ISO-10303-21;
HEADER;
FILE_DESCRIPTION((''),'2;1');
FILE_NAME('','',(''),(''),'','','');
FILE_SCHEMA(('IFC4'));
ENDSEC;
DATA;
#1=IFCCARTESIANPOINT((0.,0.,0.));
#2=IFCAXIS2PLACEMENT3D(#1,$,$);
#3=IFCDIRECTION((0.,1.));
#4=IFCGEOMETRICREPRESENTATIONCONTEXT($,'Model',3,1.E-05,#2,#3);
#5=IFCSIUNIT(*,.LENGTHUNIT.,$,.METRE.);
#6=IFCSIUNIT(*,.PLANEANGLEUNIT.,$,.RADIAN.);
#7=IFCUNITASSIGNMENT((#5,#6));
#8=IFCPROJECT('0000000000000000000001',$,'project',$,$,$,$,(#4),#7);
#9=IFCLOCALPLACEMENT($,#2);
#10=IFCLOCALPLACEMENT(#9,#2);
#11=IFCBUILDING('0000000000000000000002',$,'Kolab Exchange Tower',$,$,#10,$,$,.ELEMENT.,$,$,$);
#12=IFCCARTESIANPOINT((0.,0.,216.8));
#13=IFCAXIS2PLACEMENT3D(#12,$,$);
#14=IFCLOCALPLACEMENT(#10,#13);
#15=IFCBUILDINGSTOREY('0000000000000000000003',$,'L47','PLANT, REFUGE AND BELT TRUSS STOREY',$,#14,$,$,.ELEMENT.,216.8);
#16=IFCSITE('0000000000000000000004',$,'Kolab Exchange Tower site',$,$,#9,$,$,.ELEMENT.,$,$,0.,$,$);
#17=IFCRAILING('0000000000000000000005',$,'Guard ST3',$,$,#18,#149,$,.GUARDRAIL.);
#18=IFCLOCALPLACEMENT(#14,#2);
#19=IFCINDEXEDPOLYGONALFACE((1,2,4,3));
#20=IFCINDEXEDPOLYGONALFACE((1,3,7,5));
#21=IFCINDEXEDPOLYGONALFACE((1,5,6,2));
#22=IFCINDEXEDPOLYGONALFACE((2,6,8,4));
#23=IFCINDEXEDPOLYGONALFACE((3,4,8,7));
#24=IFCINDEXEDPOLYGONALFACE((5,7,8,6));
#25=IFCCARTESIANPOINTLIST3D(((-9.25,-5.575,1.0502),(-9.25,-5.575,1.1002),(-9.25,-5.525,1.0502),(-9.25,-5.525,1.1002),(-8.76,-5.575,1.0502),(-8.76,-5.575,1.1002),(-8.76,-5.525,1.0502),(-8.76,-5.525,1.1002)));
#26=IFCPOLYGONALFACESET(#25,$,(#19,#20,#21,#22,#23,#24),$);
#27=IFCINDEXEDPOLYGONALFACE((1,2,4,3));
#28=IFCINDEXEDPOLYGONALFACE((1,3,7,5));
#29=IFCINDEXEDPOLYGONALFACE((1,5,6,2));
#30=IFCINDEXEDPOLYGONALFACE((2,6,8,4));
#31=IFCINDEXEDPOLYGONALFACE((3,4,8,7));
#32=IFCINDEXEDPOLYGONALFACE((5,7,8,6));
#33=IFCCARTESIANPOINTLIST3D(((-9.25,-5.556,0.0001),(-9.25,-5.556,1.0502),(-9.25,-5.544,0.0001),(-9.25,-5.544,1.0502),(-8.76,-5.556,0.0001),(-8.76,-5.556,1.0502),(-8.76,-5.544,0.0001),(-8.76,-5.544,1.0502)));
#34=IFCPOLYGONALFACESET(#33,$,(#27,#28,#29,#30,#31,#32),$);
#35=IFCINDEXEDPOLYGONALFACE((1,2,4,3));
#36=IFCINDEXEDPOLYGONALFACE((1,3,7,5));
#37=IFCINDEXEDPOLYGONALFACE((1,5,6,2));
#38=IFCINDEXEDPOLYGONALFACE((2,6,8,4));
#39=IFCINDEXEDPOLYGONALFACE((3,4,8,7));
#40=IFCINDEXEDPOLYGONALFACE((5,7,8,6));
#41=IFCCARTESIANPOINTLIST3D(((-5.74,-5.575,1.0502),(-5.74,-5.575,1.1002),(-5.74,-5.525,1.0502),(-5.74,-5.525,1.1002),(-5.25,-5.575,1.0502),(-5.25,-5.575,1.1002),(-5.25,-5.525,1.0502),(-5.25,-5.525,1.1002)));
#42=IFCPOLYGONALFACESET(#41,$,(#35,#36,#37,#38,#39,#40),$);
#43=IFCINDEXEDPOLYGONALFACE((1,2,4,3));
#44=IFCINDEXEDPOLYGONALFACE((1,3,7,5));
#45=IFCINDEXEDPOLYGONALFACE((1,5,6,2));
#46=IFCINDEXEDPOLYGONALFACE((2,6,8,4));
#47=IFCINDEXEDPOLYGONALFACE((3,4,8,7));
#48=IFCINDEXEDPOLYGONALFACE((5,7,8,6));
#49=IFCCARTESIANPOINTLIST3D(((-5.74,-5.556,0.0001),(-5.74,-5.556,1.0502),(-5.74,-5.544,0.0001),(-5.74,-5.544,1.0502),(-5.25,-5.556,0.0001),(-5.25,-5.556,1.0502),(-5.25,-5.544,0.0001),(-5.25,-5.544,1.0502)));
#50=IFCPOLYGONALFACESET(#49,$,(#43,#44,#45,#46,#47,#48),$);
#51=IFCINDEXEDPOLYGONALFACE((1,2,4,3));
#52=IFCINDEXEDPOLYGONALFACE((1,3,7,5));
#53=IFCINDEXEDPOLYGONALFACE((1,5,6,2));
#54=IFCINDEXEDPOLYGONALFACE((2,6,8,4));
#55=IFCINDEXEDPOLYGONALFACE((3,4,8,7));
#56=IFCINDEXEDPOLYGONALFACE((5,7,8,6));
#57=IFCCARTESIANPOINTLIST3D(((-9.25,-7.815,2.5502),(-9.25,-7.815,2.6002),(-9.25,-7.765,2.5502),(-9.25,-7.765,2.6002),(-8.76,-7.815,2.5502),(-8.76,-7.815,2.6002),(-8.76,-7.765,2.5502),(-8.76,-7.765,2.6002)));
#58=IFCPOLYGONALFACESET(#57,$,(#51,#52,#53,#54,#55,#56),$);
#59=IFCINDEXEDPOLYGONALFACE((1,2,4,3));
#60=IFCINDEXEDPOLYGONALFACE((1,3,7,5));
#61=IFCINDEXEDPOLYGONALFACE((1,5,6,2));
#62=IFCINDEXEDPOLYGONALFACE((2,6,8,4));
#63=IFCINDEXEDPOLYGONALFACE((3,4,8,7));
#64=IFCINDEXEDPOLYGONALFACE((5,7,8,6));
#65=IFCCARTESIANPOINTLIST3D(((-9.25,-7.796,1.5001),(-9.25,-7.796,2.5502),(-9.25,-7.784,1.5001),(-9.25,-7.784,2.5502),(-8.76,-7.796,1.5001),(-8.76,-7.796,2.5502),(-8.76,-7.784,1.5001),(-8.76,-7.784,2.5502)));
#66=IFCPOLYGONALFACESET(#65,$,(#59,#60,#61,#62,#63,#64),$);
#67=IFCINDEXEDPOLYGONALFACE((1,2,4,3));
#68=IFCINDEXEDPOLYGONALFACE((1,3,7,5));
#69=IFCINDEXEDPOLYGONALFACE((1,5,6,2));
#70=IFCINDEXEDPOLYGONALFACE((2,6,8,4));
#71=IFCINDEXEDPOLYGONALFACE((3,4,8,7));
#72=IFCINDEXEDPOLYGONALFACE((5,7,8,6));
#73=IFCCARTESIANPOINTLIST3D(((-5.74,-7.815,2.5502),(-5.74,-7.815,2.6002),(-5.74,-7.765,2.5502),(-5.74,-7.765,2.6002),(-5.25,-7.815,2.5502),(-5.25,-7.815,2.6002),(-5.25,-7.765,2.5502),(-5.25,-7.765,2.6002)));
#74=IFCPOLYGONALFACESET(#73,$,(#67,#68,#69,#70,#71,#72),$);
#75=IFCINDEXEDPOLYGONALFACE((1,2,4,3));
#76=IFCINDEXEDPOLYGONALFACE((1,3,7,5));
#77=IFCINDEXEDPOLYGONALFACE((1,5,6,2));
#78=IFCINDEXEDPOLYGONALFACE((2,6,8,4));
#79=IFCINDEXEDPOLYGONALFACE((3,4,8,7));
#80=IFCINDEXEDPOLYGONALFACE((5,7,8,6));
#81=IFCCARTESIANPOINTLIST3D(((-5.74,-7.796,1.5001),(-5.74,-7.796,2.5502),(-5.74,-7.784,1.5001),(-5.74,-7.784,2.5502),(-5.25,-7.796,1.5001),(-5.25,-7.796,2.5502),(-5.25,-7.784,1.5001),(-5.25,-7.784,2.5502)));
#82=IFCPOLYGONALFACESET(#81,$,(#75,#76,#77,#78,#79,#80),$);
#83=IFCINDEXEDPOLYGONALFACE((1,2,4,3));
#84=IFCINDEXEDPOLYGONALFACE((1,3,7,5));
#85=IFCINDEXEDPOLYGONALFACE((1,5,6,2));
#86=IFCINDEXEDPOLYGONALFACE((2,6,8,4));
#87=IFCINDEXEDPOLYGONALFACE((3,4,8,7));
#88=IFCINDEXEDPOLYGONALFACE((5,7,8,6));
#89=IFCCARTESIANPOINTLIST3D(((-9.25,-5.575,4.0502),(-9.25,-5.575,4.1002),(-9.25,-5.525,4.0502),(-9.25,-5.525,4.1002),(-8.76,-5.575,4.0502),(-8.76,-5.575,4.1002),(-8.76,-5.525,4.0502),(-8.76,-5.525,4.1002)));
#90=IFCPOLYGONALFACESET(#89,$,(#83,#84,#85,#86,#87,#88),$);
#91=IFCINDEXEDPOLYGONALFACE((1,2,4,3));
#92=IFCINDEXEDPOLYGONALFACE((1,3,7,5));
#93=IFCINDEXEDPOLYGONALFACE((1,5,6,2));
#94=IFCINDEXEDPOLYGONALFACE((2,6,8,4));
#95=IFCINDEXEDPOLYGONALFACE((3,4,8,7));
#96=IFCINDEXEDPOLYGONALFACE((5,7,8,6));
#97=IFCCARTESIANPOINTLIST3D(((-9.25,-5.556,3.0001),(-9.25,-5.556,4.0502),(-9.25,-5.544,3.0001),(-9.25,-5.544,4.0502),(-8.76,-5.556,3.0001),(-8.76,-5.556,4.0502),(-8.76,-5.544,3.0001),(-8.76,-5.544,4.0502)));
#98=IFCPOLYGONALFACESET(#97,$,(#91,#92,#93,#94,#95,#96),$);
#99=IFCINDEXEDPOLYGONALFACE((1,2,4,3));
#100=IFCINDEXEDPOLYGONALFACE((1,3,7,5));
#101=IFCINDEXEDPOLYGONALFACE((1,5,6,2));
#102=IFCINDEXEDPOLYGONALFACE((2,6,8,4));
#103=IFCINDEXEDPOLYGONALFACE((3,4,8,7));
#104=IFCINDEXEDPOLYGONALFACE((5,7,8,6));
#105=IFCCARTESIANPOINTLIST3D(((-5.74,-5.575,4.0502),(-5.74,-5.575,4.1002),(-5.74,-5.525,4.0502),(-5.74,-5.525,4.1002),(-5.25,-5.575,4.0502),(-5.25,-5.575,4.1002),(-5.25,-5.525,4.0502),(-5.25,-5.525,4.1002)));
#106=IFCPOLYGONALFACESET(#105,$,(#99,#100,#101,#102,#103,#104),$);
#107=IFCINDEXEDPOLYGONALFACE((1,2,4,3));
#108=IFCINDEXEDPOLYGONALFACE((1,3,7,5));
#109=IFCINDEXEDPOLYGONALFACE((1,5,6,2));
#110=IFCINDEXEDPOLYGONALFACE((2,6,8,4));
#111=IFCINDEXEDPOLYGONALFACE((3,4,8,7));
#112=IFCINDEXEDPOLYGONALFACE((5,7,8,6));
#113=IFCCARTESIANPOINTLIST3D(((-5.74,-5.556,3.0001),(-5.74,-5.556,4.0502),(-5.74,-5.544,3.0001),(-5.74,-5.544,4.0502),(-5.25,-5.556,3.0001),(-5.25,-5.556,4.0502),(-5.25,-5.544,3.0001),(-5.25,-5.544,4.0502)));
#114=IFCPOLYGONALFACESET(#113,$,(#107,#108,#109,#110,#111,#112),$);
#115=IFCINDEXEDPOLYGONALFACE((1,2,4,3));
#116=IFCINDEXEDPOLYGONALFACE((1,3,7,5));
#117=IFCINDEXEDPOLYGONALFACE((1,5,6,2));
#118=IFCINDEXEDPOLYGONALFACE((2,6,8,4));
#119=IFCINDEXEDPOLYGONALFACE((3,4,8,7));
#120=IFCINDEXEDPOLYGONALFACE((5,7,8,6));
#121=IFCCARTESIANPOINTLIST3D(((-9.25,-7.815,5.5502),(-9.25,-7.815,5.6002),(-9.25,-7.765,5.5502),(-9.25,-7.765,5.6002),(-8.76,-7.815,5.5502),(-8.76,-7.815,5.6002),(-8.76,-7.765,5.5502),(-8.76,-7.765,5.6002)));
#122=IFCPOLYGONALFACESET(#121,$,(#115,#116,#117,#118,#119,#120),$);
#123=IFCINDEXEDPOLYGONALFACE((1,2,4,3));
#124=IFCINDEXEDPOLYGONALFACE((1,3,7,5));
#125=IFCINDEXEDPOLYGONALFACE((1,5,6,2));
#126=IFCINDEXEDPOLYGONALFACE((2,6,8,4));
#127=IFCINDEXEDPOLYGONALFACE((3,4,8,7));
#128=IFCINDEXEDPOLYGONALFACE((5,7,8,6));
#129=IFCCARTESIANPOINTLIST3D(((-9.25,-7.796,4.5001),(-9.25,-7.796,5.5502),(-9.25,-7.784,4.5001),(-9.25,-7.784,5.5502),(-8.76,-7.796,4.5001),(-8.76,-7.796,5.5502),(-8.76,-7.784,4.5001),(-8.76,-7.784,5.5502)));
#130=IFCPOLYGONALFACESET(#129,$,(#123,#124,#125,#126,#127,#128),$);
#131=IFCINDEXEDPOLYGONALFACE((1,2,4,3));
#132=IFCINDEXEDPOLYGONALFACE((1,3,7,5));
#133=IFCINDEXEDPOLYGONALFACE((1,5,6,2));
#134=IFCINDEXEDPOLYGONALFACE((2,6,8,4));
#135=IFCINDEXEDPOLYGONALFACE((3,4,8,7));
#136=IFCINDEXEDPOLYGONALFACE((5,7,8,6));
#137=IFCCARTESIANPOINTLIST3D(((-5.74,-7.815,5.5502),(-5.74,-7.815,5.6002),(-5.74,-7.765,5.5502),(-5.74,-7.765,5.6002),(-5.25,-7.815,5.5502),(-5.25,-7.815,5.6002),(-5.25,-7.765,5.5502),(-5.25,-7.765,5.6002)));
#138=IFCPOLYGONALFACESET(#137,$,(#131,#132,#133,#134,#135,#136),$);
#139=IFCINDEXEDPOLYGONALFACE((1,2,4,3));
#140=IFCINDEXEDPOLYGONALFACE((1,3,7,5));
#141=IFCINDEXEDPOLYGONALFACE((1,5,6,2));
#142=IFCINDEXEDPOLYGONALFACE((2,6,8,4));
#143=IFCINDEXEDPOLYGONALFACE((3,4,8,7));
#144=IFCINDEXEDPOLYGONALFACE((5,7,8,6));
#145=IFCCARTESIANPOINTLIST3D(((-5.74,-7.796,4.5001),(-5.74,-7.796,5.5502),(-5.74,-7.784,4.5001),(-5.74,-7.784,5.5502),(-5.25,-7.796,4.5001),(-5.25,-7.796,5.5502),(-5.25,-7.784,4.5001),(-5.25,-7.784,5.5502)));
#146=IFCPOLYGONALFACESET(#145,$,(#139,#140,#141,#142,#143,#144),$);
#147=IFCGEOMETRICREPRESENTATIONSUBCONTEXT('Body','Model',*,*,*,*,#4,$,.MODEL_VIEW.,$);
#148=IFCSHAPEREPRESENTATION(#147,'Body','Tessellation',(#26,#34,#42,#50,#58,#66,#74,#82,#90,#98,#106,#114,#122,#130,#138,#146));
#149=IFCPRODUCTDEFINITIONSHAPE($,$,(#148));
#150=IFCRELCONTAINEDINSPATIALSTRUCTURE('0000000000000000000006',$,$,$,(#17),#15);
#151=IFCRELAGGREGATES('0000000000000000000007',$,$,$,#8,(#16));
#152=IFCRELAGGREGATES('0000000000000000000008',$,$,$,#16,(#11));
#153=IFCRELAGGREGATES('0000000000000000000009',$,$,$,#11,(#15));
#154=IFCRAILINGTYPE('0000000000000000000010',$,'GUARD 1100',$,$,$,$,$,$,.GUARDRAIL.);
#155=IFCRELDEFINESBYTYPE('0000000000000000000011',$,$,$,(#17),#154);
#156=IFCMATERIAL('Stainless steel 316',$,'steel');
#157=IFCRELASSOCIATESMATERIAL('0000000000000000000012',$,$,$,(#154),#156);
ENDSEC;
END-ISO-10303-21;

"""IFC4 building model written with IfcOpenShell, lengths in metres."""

from ifc_helpers import new_model, si_unit, direction, frame, frame_2d, origin, origin_2d, place, context, subcontext, project, spatial, rectangle, extrude, material, type_object, element, save


model = new_model("IFC4")

# Units and contexts
model_context = context("Model", 3, precision=1e-05, world=origin(), true_north=direction((0.0, 1.0)))
body_context = subcontext(model_context, "Body", "Model", "MODEL_VIEW")
ifc_project = project(units=[si_unit("LENGTHUNIT", "METRE"), si_unit("PLANEANGLEUNIT", "RADIAN")], contexts=[model_context])

# Site, building, storey
site_placement = place(None, origin())
site = spatial("IfcSite", under=ifc_project, at=site_placement, Name="Kolab Exchange Tower site", CompositionType="ELEMENT", RefElevation=0.0)
building_placement = place(site_placement, origin())
building = spatial("IfcBuilding", under=site, at=building_placement, Name="Kolab Exchange Tower", CompositionType="ELEMENT")
storey_placement = place(building_placement, frame((0.0, 0.0, 216.8)))
storey = spatial("IfcBuildingStorey", under=building, at=storey_placement, Name="L47", Description="PLANT, REFUGE AND BELT TRUSS STOREY", CompositionType="ELEMENT", Elevation=216.8)

# Railing
ifc_material_1 = material(Name="Stainless steel 316", Category="steel")
railing_type = type_object("IfcRailingType", Name="GUARD 1100", PredefinedType="GUARDRAIL", material=ifc_material_1)
railing_placement = place(storey_placement, frame((-9.25, -5.55, 0.0)))
element("IfcRailing", 1, at=railing_placement, inside=storey, type_object=railing_type, Name="Guard ST3", PredefinedType="GUARDRAIL", context=body_context, shape_type="SweptSolid", body=[
    extrude(rectangle(XDim=0.05, YDim=0.05, at=origin_2d()), frame((0.0, 0.0, 1.0752), z_axis=(1.0, 0.0, 0.0), x_axis=(0.0, 1.0, 0.0)), (0.0, 0.0, 1.0), 0.49),
    extrude(rectangle(XDim=0.012, YDim=1.0501, at=frame_2d((0.0, 0.5251))), frame((0.0, 0.0, 0.0), z_axis=(1.0, 0.0, 0.0), x_axis=(0.0, 1.0, 0.0)), (0.0, 0.0, 1.0), 0.49),
    extrude(rectangle(XDim=0.05, YDim=0.05, at=origin_2d()), frame((3.51, 0.0, 1.0752), z_axis=(1.0, 0.0, 0.0), x_axis=(0.0, 1.0, 0.0)), (0.0, 0.0, 1.0), 0.49),
    extrude(rectangle(XDim=0.012, YDim=1.0501, at=frame_2d((0.0, 0.5251))), frame((3.51, 0.0, 0.0), z_axis=(1.0, 0.0, 0.0), x_axis=(0.0, 1.0, 0.0)), (0.0, 0.0, 1.0), 0.49),
    extrude(rectangle(XDim=0.05, YDim=0.05, at=origin_2d()), frame((0.0, -2.24, 2.5752), z_axis=(1.0, 0.0, 0.0), x_axis=(0.0, 1.0, 0.0)), (0.0, 0.0, 1.0), 0.49),
    extrude(rectangle(XDim=0.012, YDim=1.0501, at=frame_2d((0.0, 0.5251))), frame((0.0, -2.24, 1.5), z_axis=(1.0, 0.0, 0.0), x_axis=(0.0, 1.0, 0.0)), (0.0, 0.0, 1.0), 0.49),
    extrude(rectangle(XDim=0.05, YDim=0.05, at=origin_2d()), frame((3.51, -2.24, 2.5752), z_axis=(1.0, 0.0, 0.0), x_axis=(0.0, 1.0, 0.0)), (0.0, 0.0, 1.0), 0.49),
    extrude(rectangle(XDim=0.012, YDim=1.0501, at=frame_2d((0.0, 0.5251))), frame((3.51, -2.24, 1.5), z_axis=(1.0, 0.0, 0.0), x_axis=(0.0, 1.0, 0.0)), (0.0, 0.0, 1.0), 0.49),
    extrude(rectangle(XDim=0.05, YDim=0.05, at=origin_2d()), frame((0.0, 0.0, 4.0752), z_axis=(1.0, 0.0, 0.0), x_axis=(0.0, 1.0, 0.0)), (0.0, 0.0, 1.0), 0.49),
    extrude(rectangle(XDim=0.012, YDim=1.0501, at=frame_2d((0.0, 0.5251))), frame((0.0, 0.0, 3.0), z_axis=(1.0, 0.0, 0.0), x_axis=(0.0, 1.0, 0.0)), (0.0, 0.0, 1.0), 0.49),
    extrude(rectangle(XDim=0.05, YDim=0.05, at=origin_2d()), frame((3.51, 0.0, 4.0752), z_axis=(1.0, 0.0, 0.0), x_axis=(0.0, 1.0, 0.0)), (0.0, 0.0, 1.0), 0.49),
    extrude(rectangle(XDim=0.012, YDim=1.0501, at=frame_2d((0.0, 0.5251))), frame((3.51, 0.0, 3.0), z_axis=(1.0, 0.0, 0.0), x_axis=(0.0, 1.0, 0.0)), (0.0, 0.0, 1.0), 0.49),
    extrude(rectangle(XDim=0.05, YDim=0.05, at=origin_2d()), frame((0.0, -2.24, 5.5752), z_axis=(1.0, 0.0, 0.0), x_axis=(0.0, 1.0, 0.0)), (0.0, 0.0, 1.0), 0.49),
    extrude(rectangle(XDim=0.012, YDim=1.0501, at=frame_2d((0.0, 0.5251))), frame((0.0, -2.24, 4.5), z_axis=(1.0, 0.0, 0.0), x_axis=(0.0, 1.0, 0.0)), (0.0, 0.0, 1.0), 0.49),
    extrude(rectangle(XDim=0.05, YDim=0.05, at=origin_2d()), frame((3.51, -2.24, 5.5752), z_axis=(1.0, 0.0, 0.0), x_axis=(0.0, 1.0, 0.0)), (0.0, 0.0, 1.0), 0.49),
    extrude(rectangle(XDim=0.012, YDim=1.0501, at=frame_2d((0.0, 0.5251))), frame((3.51, -2.24, 4.5), z_axis=(1.0, 0.0, 0.0), x_axis=(0.0, 1.0, 0.0)), (0.0, 0.0, 1.0), 0.49),
])

save(model, "model.ifc")
